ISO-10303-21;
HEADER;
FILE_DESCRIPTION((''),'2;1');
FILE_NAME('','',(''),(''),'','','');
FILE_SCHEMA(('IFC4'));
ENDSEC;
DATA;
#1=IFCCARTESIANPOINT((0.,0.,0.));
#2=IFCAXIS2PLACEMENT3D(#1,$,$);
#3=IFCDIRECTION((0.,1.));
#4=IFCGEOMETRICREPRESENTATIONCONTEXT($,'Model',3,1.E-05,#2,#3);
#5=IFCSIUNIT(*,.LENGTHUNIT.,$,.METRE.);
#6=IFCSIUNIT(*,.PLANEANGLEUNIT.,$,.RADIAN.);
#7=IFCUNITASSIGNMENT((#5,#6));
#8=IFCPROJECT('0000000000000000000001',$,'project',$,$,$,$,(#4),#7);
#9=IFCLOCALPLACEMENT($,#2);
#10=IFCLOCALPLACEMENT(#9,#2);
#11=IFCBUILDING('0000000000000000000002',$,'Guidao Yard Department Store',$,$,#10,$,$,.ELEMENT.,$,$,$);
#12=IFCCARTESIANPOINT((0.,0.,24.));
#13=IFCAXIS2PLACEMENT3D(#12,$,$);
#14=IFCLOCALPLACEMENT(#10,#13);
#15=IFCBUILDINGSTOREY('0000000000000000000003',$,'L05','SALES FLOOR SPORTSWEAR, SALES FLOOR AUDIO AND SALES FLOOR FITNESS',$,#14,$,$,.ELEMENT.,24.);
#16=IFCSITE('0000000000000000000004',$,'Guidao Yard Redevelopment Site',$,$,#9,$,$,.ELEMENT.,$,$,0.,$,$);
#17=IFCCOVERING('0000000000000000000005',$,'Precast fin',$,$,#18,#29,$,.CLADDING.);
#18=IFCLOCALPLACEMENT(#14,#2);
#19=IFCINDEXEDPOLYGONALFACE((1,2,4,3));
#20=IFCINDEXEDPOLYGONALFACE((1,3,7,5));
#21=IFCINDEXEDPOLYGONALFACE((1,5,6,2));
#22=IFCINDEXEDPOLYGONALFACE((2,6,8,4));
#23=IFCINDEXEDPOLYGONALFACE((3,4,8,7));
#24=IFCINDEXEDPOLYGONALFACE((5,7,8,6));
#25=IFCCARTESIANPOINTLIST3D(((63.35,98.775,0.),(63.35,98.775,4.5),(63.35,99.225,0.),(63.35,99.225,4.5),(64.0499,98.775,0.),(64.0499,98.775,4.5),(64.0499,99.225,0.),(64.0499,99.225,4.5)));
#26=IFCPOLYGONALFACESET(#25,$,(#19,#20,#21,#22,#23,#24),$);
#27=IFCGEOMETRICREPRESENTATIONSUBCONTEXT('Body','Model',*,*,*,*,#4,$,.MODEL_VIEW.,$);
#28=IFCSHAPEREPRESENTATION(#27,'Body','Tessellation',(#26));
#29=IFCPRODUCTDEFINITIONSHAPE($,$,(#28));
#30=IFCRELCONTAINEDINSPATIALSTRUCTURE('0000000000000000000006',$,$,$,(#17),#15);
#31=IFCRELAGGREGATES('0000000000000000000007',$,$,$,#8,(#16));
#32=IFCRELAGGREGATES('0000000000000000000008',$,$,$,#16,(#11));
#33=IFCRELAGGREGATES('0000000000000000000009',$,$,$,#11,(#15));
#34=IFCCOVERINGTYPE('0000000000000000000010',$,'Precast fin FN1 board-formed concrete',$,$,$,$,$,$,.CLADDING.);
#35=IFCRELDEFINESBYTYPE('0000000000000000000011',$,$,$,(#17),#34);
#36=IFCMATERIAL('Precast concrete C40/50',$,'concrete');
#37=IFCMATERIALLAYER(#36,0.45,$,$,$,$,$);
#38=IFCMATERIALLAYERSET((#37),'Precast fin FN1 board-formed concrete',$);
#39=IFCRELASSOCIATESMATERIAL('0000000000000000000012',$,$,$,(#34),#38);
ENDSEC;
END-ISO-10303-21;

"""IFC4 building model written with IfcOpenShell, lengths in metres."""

from ifc_helpers import new_model, si_unit, direction, frame, origin, origin_2d, place, context, subcontext, project, spatial, rectangle, extrude, material, layer, layer_set, type_object, element, save


model = new_model("IFC4")

# Units and contexts
model_context = context("Model", 3, precision=1e-05, world=origin(), true_north=direction((0.0, 1.0)))
body_context = subcontext(model_context, "Body", "Model", "MODEL_VIEW")
ifc_project = project(units=[si_unit("LENGTHUNIT", "METRE"), si_unit("PLANEANGLEUNIT", "RADIAN")], contexts=[model_context])

# Site, building, storey
site_placement = place(None, origin())
site = spatial("IfcSite", under=ifc_project, at=site_placement, Name="Guidao Yard Redevelopment Site", CompositionType="ELEMENT", RefElevation=0.0)
building_placement = place(site_placement, origin())
building = spatial("IfcBuilding", under=site, at=building_placement, Name="Guidao Yard Department Store", CompositionType="ELEMENT")
storey_placement = place(building_placement, frame((0.0, 0.0, 24.0)))
storey = spatial("IfcBuildingStorey", under=building, at=storey_placement, Name="L05", Description="SALES FLOOR SPORTSWEAR, SALES FLOOR AUDIO AND SALES FLOOR FITNESS", CompositionType="ELEMENT", Elevation=24.0)

# Covering
ifc_material_1 = material(Name="Precast concrete C40/50", Category="concrete")
ifc_layer_1 = layer(ifc_material_1, 0.45)
ifc_layer_set_1 = layer_set([ifc_layer_1], Name="Precast fin FN1 board-formed concrete")
covering_type = type_object("IfcCoveringType", Name="Precast fin FN1 board-formed concrete", PredefinedType="CLADDING", material=ifc_layer_set_1)
for number, where, z_axis, x_axis, name in (
    (1, (63.7, 99.0, 0.0), (0.0, 0.0, 1.0), (0.0, -1.0, 0.0), "Precast fin"),
):
    element("IfcCovering", number, at=place(storey_placement, frame(where, z_axis=z_axis, x_axis=x_axis)), inside=storey, type_object=covering_type, Name=name, PredefinedType="CLADDING", context=body_context, shape_type="SweptSolid", body=[
        extrude(rectangle(XDim=0.45, YDim=0.7, at=origin_2d()), origin(), (0.0, 0.0, 1.0), 4.5),
    ])

save(model, "model.ifc")
